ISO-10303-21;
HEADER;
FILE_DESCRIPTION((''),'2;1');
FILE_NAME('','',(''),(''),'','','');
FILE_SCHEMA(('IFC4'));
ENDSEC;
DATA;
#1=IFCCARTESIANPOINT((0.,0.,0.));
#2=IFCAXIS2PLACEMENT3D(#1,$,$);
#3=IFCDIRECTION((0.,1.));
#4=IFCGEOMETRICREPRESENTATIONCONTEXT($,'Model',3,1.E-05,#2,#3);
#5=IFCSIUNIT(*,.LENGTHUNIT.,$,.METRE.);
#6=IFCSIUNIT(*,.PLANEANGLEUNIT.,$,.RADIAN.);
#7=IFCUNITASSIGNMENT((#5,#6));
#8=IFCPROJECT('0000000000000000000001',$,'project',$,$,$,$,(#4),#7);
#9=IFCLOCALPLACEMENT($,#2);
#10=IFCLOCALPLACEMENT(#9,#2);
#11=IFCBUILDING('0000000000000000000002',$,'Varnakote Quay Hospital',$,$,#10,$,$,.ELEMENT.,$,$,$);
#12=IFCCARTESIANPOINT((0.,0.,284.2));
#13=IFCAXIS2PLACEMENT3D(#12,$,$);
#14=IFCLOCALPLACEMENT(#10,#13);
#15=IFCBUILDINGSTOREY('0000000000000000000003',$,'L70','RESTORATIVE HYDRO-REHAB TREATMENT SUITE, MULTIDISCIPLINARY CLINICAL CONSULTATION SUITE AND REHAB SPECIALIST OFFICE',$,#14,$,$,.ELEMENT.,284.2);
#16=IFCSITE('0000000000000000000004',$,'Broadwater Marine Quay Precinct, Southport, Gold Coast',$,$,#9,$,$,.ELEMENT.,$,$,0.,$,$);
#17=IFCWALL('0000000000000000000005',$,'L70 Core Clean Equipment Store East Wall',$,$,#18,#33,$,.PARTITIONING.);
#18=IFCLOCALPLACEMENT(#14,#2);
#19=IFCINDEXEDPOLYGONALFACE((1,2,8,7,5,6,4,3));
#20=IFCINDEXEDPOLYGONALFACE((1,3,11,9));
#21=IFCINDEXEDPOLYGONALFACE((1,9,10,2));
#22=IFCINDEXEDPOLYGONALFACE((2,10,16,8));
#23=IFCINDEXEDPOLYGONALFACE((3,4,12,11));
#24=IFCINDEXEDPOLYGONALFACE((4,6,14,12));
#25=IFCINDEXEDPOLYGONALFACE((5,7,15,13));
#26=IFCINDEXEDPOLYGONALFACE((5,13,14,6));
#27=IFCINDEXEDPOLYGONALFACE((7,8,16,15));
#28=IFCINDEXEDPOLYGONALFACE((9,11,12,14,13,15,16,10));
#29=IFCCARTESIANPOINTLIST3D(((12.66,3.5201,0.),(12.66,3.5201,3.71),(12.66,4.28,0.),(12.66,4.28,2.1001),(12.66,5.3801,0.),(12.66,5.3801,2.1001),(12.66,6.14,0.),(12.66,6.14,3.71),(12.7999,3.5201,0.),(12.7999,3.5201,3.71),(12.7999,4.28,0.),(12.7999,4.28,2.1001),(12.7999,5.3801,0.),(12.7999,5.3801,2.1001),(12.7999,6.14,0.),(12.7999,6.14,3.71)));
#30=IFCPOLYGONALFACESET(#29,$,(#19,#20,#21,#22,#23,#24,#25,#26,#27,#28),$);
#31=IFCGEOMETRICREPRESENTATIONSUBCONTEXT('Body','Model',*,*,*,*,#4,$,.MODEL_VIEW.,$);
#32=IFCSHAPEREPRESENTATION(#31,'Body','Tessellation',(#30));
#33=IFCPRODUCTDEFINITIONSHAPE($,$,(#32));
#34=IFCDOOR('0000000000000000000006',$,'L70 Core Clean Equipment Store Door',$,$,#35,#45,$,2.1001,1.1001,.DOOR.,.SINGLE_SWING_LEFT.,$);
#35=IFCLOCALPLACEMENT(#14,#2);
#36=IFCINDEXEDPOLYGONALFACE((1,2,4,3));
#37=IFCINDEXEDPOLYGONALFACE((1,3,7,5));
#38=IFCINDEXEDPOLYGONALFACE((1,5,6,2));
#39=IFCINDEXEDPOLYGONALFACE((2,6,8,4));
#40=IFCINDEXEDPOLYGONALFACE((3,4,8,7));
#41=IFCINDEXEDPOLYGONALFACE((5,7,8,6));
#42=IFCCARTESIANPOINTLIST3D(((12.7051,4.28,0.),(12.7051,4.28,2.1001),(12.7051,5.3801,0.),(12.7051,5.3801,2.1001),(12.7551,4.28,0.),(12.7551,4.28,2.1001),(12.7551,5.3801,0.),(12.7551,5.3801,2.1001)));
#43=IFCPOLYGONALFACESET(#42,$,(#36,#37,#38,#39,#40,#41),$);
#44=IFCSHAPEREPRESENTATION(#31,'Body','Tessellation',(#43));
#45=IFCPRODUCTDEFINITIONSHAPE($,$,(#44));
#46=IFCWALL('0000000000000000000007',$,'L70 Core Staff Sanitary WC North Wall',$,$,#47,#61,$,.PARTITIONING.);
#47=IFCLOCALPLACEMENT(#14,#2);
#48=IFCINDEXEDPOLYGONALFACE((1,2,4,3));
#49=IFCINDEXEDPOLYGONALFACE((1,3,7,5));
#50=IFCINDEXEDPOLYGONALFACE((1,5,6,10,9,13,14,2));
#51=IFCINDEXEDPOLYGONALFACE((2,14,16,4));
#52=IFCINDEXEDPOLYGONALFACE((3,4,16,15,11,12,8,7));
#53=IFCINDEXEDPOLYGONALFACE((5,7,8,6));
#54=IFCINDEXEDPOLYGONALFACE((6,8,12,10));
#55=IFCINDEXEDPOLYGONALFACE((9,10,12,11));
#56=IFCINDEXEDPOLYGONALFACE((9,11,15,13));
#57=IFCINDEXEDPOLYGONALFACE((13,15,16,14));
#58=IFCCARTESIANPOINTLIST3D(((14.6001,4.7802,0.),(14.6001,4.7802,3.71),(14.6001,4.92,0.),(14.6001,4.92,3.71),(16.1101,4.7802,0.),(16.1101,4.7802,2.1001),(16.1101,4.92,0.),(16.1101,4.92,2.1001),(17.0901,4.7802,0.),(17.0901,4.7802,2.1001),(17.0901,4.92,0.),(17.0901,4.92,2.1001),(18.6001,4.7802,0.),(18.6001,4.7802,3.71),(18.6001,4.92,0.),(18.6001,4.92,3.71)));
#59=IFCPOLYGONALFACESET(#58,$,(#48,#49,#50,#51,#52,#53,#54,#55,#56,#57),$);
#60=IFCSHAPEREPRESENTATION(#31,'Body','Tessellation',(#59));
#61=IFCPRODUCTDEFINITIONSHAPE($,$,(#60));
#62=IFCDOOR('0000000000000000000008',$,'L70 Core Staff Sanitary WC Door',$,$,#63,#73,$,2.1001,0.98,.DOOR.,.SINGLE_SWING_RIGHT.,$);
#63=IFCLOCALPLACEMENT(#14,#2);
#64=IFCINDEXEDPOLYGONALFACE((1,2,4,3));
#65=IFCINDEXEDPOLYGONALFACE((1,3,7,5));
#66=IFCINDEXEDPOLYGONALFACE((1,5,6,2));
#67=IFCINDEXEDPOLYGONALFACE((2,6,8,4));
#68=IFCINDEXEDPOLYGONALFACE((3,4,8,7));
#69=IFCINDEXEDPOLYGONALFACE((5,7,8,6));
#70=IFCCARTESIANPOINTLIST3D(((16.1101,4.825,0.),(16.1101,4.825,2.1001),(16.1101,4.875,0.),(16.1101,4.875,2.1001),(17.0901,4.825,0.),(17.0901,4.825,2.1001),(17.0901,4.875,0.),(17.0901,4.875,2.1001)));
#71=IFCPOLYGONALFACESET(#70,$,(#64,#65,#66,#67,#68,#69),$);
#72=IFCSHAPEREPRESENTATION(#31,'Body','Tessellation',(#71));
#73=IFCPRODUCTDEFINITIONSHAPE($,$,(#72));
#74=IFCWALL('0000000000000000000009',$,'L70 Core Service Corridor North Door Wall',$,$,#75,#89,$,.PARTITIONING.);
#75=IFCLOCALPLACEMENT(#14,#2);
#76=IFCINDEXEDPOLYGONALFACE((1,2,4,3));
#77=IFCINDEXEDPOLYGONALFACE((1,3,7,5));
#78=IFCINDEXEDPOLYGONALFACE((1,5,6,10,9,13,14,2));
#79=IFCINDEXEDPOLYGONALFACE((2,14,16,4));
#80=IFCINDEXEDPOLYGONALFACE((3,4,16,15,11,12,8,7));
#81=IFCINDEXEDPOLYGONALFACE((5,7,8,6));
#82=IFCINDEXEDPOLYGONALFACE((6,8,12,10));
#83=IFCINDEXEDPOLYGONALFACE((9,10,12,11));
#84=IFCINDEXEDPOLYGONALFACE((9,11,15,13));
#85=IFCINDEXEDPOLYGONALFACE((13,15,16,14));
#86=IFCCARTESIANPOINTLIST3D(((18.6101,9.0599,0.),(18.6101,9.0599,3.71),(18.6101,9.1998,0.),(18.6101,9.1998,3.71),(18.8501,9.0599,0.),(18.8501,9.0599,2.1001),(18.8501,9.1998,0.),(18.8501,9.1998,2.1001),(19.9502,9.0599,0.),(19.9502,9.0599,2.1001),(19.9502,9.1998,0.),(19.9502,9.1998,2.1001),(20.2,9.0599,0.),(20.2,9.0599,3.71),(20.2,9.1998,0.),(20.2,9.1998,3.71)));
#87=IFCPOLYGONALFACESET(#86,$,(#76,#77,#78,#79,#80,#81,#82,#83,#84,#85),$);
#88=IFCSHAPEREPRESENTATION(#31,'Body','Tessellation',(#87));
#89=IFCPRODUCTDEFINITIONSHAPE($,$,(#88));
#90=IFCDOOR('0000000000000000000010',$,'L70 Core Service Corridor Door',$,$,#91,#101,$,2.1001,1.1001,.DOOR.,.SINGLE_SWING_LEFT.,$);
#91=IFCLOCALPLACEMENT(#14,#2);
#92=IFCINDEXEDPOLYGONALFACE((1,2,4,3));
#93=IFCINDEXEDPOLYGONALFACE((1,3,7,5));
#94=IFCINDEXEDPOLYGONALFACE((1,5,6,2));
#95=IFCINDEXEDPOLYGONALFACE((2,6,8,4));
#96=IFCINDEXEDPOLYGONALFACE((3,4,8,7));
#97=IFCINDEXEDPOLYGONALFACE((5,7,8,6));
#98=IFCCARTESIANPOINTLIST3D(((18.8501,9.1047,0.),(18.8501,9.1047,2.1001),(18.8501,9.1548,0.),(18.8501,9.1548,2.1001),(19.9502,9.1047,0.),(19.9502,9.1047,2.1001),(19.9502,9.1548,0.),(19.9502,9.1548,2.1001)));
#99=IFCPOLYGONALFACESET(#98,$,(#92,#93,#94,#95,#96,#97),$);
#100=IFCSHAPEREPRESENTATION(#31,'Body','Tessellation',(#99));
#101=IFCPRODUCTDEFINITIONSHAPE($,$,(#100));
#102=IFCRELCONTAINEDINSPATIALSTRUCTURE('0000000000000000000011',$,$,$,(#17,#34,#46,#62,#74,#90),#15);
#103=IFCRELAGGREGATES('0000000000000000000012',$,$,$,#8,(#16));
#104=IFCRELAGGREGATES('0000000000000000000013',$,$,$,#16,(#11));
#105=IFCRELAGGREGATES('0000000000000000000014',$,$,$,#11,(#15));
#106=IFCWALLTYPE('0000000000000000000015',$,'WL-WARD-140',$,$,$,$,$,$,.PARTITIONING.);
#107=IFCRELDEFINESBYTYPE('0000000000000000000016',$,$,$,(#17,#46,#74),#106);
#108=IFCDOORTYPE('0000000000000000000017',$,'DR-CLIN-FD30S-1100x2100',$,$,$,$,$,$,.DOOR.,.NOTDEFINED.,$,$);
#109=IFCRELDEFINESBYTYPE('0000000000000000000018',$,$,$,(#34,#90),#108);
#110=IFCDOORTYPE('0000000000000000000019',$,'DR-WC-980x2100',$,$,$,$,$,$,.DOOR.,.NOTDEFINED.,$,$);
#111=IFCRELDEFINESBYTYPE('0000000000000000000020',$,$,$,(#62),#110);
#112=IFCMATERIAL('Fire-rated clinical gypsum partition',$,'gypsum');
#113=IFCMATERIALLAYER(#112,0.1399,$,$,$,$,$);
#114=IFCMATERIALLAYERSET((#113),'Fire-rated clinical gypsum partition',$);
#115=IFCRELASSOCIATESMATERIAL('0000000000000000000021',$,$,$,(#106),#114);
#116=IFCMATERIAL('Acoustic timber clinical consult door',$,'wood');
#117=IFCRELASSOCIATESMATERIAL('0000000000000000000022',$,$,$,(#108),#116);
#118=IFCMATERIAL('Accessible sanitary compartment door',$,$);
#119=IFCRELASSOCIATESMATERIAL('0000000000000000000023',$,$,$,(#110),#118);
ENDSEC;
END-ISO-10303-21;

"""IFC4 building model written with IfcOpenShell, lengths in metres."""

from ifc_helpers import new_model, si_unit, direction, frame, frame_2d, origin, place, context, subcontext, project, spatial, rectangle, extrude, material, layer, layer_set, type_object, element, fill, save


model = new_model("IFC4")

# Units and contexts
model_context = context("Model", 3, precision=1e-05, world=origin(), true_north=direction((0.0, 1.0)))
body_context = subcontext(model_context, "Body", "Model", "MODEL_VIEW")
ifc_project = project(units=[si_unit("LENGTHUNIT", "METRE"), si_unit("PLANEANGLEUNIT", "RADIAN")], contexts=[model_context])

# Site, building, storey
site_placement = place(None, origin())
site = spatial("IfcSite", under=ifc_project, at=site_placement, Name="Broadwater Marine Quay Precinct, Southport, Gold Coast", CompositionType="ELEMENT", RefElevation=0.0)
building_placement = place(site_placement, origin())
building = spatial("IfcBuilding", under=site, at=building_placement, Name="Varnakote Quay Hospital", CompositionType="ELEMENT")
storey_placement = place(building_placement, frame((0.0, 0.0, 284.2)))
storey = spatial("IfcBuildingStorey", under=building, at=storey_placement, Name="L70", Description="RESTORATIVE HYDRO-REHAB TREATMENT SUITE, MULTIDISCIPLINARY CLINICAL CONSULTATION SUITE AND REHAB SPECIALIST OFFICE", CompositionType="ELEMENT", Elevation=284.2)

# Walls, openings, doors
ifc_material_1 = material(Name="Fire-rated clinical gypsum partition", Category="gypsum")
ifc_layer_1 = layer(ifc_material_1, 0.1399)
ifc_layer_set_1 = layer_set([ifc_layer_1], Name="Fire-rated clinical gypsum partition")
wall_type_1 = type_object("IfcWallType", Name="WL-WARD-140", PredefinedType="PARTITIONING", material=ifc_layer_set_1)
wall_1_placement = place(storey_placement, frame((12.73, 3.52, 0.0), z_axis=(0.0, 0.0, 1.0), x_axis=(0.0, 1.0, 0.0)))
wall_1 = element("IfcWall", 1, at=wall_1_placement, inside=storey, type_object=wall_type_1, Name="L70 Core Clean Equipment Store East Wall", PredefinedType="PARTITIONING", context=body_context, shape_type="SweptSolid", body=[
    extrude(rectangle(XDim=2.6199, YDim=0.1399, at=frame_2d((1.3101, 0.0))), origin(), (0.0, 0.0, 1.0), 3.71),
])
opening_1_placement = place(wall_1_placement, frame((0.76, 0.0, 0.0)))
opening_1 = element("IfcOpeningElement", 2, at=opening_1_placement, cuts=wall_1, PredefinedType="OPENING", context=body_context, shape_type="SweptSolid", body=[
    extrude(rectangle(XDim=1.1001, YDim=2.1001, at=frame_2d((0.55, 1.05))), frame((0.0, 0.0798, 0.0), z_axis=(0.0, -1.0, 0.0), x_axis=(1.0, 0.0, 0.0)), (0.0, 0.0, 1.0), 0.1599),
])
ifc_material_2 = material(Name="Acoustic timber clinical consult door", Category="wood")
door_type_1 = type_object("IfcDoorType", Name="DR-CLIN-FD30S-1100x2100", OperationType="NOTDEFINED", PredefinedType="DOOR", material=ifc_material_2)
door_1_placement = place(opening_1_placement, origin())
door_1 = element("IfcDoor", 3, at=door_1_placement, inside=storey, type_object=door_type_1, Name="L70 Core Clean Equipment Store Door", OperationType="SINGLE_SWING_LEFT", OverallHeight=2.1001, OverallWidth=1.1001, PredefinedType="DOOR", context=body_context, shape_type="SweptSolid", body=[
    extrude(rectangle(XDim=1.1001, YDim=2.1001, at=frame_2d((0.55, 1.05))), frame((0.0, 0.0249, 0.0), z_axis=(0.0, -1.0, 0.0), x_axis=(1.0, 0.0, 0.0)), (0.0, 0.0, 1.0), 0.05),
])
fill(opening_1, door_1)
wall_2_placement = place(storey_placement, frame((14.6001, 4.8501, 0.0), z_axis=(0.0, 0.0, 1.0), x_axis=(1.0, 0.0, 0.0)))
wall_2 = element("IfcWall", 4, at=wall_2_placement, inside=storey, type_object=wall_type_1, Name="L70 Core Staff Sanitary WC North Wall", PredefinedType="PARTITIONING", context=body_context, shape_type="SweptSolid", body=[
    extrude(rectangle(XDim=4.0, YDim=0.1399, at=frame_2d((2.0, 0.0))), origin(), (0.0, 0.0, 1.0), 3.71),
])
opening_2_placement = place(wall_2_placement, frame((1.51, 0.0, 0.0)))
opening_2 = element("IfcOpeningElement", 5, at=opening_2_placement, cuts=wall_2, PredefinedType="OPENING", context=body_context, shape_type="SweptSolid", body=[
    extrude(rectangle(XDim=0.98, YDim=2.1001, at=frame_2d((0.49, 1.05))), frame((0.0, 0.0798, 0.0), z_axis=(0.0, -1.0, 0.0), x_axis=(1.0, 0.0, 0.0)), (0.0, 0.0, 1.0), 0.1599),
])
ifc_material_3 = material(Name="Accessible sanitary compartment door")
door_type_2 = type_object("IfcDoorType", Name="DR-WC-980x2100", OperationType="NOTDEFINED", PredefinedType="DOOR", material=ifc_material_3)
door_2_placement = place(opening_2_placement, origin())
door_2 = element("IfcDoor", 6, at=door_2_placement, inside=storey, type_object=door_type_2, Name="L70 Core Staff Sanitary WC Door", OperationType="SINGLE_SWING_RIGHT", OverallHeight=2.1001, OverallWidth=0.98, PredefinedType="DOOR", context=body_context, shape_type="SweptSolid", body=[
    extrude(rectangle(XDim=0.98, YDim=2.1001, at=frame_2d((0.49, 1.05))), frame((0.0, 0.0249, 0.0), z_axis=(0.0, -1.0, 0.0), x_axis=(1.0, 0.0, 0.0)), (0.0, 0.0, 1.0), 0.05),
])
fill(opening_2, door_2)
wall_3_placement = place(storey_placement, frame((18.6101, 9.1299, 0.0), z_axis=(0.0, 0.0, 1.0), x_axis=(1.0, 0.0, 0.0)))
wall_3 = element("IfcWall", 7, at=wall_3_placement, inside=storey, type_object=wall_type_1, Name="L70 Core Service Corridor North Door Wall", PredefinedType="PARTITIONING", context=body_context, shape_type="SweptSolid", body=[
    extrude(rectangle(XDim=1.5898, YDim=0.1399, at=frame_2d((0.7949, 0.0))), origin(), (0.0, 0.0, 1.0), 3.71),
])
opening_3_placement = place(wall_3_placement, frame((0.24, 0.0, 0.0)))
opening_3 = element("IfcOpeningElement", 8, at=opening_3_placement, cuts=wall_3, PredefinedType="OPENING", context=body_context, shape_type="SweptSolid", body=[
    extrude(rectangle(XDim=1.1001, YDim=2.1001, at=frame_2d((0.55, 1.05))), frame((0.0, 0.0798, 0.0), z_axis=(0.0, -1.0, 0.0), x_axis=(1.0, 0.0, 0.0)), (0.0, 0.0, 1.0), 0.1599),
])
door_3_placement = place(opening_3_placement, origin())
door_3 = element("IfcDoor", 9, at=door_3_placement, inside=storey, type_object=door_type_1, Name="L70 Core Service Corridor Door", OperationType="SINGLE_SWING_LEFT", OverallHeight=2.1001, OverallWidth=1.1001, PredefinedType="DOOR", context=body_context, shape_type="SweptSolid", body=[
    extrude(rectangle(XDim=1.1001, YDim=2.1001, at=frame_2d((0.55, 1.05))), frame((0.0, 0.0249, 0.0), z_axis=(0.0, -1.0, 0.0), x_axis=(1.0, 0.0, 0.0)), (0.0, 0.0, 1.0), 0.05),
])
fill(opening_3, door_3)

save(model, "model.ifc")
